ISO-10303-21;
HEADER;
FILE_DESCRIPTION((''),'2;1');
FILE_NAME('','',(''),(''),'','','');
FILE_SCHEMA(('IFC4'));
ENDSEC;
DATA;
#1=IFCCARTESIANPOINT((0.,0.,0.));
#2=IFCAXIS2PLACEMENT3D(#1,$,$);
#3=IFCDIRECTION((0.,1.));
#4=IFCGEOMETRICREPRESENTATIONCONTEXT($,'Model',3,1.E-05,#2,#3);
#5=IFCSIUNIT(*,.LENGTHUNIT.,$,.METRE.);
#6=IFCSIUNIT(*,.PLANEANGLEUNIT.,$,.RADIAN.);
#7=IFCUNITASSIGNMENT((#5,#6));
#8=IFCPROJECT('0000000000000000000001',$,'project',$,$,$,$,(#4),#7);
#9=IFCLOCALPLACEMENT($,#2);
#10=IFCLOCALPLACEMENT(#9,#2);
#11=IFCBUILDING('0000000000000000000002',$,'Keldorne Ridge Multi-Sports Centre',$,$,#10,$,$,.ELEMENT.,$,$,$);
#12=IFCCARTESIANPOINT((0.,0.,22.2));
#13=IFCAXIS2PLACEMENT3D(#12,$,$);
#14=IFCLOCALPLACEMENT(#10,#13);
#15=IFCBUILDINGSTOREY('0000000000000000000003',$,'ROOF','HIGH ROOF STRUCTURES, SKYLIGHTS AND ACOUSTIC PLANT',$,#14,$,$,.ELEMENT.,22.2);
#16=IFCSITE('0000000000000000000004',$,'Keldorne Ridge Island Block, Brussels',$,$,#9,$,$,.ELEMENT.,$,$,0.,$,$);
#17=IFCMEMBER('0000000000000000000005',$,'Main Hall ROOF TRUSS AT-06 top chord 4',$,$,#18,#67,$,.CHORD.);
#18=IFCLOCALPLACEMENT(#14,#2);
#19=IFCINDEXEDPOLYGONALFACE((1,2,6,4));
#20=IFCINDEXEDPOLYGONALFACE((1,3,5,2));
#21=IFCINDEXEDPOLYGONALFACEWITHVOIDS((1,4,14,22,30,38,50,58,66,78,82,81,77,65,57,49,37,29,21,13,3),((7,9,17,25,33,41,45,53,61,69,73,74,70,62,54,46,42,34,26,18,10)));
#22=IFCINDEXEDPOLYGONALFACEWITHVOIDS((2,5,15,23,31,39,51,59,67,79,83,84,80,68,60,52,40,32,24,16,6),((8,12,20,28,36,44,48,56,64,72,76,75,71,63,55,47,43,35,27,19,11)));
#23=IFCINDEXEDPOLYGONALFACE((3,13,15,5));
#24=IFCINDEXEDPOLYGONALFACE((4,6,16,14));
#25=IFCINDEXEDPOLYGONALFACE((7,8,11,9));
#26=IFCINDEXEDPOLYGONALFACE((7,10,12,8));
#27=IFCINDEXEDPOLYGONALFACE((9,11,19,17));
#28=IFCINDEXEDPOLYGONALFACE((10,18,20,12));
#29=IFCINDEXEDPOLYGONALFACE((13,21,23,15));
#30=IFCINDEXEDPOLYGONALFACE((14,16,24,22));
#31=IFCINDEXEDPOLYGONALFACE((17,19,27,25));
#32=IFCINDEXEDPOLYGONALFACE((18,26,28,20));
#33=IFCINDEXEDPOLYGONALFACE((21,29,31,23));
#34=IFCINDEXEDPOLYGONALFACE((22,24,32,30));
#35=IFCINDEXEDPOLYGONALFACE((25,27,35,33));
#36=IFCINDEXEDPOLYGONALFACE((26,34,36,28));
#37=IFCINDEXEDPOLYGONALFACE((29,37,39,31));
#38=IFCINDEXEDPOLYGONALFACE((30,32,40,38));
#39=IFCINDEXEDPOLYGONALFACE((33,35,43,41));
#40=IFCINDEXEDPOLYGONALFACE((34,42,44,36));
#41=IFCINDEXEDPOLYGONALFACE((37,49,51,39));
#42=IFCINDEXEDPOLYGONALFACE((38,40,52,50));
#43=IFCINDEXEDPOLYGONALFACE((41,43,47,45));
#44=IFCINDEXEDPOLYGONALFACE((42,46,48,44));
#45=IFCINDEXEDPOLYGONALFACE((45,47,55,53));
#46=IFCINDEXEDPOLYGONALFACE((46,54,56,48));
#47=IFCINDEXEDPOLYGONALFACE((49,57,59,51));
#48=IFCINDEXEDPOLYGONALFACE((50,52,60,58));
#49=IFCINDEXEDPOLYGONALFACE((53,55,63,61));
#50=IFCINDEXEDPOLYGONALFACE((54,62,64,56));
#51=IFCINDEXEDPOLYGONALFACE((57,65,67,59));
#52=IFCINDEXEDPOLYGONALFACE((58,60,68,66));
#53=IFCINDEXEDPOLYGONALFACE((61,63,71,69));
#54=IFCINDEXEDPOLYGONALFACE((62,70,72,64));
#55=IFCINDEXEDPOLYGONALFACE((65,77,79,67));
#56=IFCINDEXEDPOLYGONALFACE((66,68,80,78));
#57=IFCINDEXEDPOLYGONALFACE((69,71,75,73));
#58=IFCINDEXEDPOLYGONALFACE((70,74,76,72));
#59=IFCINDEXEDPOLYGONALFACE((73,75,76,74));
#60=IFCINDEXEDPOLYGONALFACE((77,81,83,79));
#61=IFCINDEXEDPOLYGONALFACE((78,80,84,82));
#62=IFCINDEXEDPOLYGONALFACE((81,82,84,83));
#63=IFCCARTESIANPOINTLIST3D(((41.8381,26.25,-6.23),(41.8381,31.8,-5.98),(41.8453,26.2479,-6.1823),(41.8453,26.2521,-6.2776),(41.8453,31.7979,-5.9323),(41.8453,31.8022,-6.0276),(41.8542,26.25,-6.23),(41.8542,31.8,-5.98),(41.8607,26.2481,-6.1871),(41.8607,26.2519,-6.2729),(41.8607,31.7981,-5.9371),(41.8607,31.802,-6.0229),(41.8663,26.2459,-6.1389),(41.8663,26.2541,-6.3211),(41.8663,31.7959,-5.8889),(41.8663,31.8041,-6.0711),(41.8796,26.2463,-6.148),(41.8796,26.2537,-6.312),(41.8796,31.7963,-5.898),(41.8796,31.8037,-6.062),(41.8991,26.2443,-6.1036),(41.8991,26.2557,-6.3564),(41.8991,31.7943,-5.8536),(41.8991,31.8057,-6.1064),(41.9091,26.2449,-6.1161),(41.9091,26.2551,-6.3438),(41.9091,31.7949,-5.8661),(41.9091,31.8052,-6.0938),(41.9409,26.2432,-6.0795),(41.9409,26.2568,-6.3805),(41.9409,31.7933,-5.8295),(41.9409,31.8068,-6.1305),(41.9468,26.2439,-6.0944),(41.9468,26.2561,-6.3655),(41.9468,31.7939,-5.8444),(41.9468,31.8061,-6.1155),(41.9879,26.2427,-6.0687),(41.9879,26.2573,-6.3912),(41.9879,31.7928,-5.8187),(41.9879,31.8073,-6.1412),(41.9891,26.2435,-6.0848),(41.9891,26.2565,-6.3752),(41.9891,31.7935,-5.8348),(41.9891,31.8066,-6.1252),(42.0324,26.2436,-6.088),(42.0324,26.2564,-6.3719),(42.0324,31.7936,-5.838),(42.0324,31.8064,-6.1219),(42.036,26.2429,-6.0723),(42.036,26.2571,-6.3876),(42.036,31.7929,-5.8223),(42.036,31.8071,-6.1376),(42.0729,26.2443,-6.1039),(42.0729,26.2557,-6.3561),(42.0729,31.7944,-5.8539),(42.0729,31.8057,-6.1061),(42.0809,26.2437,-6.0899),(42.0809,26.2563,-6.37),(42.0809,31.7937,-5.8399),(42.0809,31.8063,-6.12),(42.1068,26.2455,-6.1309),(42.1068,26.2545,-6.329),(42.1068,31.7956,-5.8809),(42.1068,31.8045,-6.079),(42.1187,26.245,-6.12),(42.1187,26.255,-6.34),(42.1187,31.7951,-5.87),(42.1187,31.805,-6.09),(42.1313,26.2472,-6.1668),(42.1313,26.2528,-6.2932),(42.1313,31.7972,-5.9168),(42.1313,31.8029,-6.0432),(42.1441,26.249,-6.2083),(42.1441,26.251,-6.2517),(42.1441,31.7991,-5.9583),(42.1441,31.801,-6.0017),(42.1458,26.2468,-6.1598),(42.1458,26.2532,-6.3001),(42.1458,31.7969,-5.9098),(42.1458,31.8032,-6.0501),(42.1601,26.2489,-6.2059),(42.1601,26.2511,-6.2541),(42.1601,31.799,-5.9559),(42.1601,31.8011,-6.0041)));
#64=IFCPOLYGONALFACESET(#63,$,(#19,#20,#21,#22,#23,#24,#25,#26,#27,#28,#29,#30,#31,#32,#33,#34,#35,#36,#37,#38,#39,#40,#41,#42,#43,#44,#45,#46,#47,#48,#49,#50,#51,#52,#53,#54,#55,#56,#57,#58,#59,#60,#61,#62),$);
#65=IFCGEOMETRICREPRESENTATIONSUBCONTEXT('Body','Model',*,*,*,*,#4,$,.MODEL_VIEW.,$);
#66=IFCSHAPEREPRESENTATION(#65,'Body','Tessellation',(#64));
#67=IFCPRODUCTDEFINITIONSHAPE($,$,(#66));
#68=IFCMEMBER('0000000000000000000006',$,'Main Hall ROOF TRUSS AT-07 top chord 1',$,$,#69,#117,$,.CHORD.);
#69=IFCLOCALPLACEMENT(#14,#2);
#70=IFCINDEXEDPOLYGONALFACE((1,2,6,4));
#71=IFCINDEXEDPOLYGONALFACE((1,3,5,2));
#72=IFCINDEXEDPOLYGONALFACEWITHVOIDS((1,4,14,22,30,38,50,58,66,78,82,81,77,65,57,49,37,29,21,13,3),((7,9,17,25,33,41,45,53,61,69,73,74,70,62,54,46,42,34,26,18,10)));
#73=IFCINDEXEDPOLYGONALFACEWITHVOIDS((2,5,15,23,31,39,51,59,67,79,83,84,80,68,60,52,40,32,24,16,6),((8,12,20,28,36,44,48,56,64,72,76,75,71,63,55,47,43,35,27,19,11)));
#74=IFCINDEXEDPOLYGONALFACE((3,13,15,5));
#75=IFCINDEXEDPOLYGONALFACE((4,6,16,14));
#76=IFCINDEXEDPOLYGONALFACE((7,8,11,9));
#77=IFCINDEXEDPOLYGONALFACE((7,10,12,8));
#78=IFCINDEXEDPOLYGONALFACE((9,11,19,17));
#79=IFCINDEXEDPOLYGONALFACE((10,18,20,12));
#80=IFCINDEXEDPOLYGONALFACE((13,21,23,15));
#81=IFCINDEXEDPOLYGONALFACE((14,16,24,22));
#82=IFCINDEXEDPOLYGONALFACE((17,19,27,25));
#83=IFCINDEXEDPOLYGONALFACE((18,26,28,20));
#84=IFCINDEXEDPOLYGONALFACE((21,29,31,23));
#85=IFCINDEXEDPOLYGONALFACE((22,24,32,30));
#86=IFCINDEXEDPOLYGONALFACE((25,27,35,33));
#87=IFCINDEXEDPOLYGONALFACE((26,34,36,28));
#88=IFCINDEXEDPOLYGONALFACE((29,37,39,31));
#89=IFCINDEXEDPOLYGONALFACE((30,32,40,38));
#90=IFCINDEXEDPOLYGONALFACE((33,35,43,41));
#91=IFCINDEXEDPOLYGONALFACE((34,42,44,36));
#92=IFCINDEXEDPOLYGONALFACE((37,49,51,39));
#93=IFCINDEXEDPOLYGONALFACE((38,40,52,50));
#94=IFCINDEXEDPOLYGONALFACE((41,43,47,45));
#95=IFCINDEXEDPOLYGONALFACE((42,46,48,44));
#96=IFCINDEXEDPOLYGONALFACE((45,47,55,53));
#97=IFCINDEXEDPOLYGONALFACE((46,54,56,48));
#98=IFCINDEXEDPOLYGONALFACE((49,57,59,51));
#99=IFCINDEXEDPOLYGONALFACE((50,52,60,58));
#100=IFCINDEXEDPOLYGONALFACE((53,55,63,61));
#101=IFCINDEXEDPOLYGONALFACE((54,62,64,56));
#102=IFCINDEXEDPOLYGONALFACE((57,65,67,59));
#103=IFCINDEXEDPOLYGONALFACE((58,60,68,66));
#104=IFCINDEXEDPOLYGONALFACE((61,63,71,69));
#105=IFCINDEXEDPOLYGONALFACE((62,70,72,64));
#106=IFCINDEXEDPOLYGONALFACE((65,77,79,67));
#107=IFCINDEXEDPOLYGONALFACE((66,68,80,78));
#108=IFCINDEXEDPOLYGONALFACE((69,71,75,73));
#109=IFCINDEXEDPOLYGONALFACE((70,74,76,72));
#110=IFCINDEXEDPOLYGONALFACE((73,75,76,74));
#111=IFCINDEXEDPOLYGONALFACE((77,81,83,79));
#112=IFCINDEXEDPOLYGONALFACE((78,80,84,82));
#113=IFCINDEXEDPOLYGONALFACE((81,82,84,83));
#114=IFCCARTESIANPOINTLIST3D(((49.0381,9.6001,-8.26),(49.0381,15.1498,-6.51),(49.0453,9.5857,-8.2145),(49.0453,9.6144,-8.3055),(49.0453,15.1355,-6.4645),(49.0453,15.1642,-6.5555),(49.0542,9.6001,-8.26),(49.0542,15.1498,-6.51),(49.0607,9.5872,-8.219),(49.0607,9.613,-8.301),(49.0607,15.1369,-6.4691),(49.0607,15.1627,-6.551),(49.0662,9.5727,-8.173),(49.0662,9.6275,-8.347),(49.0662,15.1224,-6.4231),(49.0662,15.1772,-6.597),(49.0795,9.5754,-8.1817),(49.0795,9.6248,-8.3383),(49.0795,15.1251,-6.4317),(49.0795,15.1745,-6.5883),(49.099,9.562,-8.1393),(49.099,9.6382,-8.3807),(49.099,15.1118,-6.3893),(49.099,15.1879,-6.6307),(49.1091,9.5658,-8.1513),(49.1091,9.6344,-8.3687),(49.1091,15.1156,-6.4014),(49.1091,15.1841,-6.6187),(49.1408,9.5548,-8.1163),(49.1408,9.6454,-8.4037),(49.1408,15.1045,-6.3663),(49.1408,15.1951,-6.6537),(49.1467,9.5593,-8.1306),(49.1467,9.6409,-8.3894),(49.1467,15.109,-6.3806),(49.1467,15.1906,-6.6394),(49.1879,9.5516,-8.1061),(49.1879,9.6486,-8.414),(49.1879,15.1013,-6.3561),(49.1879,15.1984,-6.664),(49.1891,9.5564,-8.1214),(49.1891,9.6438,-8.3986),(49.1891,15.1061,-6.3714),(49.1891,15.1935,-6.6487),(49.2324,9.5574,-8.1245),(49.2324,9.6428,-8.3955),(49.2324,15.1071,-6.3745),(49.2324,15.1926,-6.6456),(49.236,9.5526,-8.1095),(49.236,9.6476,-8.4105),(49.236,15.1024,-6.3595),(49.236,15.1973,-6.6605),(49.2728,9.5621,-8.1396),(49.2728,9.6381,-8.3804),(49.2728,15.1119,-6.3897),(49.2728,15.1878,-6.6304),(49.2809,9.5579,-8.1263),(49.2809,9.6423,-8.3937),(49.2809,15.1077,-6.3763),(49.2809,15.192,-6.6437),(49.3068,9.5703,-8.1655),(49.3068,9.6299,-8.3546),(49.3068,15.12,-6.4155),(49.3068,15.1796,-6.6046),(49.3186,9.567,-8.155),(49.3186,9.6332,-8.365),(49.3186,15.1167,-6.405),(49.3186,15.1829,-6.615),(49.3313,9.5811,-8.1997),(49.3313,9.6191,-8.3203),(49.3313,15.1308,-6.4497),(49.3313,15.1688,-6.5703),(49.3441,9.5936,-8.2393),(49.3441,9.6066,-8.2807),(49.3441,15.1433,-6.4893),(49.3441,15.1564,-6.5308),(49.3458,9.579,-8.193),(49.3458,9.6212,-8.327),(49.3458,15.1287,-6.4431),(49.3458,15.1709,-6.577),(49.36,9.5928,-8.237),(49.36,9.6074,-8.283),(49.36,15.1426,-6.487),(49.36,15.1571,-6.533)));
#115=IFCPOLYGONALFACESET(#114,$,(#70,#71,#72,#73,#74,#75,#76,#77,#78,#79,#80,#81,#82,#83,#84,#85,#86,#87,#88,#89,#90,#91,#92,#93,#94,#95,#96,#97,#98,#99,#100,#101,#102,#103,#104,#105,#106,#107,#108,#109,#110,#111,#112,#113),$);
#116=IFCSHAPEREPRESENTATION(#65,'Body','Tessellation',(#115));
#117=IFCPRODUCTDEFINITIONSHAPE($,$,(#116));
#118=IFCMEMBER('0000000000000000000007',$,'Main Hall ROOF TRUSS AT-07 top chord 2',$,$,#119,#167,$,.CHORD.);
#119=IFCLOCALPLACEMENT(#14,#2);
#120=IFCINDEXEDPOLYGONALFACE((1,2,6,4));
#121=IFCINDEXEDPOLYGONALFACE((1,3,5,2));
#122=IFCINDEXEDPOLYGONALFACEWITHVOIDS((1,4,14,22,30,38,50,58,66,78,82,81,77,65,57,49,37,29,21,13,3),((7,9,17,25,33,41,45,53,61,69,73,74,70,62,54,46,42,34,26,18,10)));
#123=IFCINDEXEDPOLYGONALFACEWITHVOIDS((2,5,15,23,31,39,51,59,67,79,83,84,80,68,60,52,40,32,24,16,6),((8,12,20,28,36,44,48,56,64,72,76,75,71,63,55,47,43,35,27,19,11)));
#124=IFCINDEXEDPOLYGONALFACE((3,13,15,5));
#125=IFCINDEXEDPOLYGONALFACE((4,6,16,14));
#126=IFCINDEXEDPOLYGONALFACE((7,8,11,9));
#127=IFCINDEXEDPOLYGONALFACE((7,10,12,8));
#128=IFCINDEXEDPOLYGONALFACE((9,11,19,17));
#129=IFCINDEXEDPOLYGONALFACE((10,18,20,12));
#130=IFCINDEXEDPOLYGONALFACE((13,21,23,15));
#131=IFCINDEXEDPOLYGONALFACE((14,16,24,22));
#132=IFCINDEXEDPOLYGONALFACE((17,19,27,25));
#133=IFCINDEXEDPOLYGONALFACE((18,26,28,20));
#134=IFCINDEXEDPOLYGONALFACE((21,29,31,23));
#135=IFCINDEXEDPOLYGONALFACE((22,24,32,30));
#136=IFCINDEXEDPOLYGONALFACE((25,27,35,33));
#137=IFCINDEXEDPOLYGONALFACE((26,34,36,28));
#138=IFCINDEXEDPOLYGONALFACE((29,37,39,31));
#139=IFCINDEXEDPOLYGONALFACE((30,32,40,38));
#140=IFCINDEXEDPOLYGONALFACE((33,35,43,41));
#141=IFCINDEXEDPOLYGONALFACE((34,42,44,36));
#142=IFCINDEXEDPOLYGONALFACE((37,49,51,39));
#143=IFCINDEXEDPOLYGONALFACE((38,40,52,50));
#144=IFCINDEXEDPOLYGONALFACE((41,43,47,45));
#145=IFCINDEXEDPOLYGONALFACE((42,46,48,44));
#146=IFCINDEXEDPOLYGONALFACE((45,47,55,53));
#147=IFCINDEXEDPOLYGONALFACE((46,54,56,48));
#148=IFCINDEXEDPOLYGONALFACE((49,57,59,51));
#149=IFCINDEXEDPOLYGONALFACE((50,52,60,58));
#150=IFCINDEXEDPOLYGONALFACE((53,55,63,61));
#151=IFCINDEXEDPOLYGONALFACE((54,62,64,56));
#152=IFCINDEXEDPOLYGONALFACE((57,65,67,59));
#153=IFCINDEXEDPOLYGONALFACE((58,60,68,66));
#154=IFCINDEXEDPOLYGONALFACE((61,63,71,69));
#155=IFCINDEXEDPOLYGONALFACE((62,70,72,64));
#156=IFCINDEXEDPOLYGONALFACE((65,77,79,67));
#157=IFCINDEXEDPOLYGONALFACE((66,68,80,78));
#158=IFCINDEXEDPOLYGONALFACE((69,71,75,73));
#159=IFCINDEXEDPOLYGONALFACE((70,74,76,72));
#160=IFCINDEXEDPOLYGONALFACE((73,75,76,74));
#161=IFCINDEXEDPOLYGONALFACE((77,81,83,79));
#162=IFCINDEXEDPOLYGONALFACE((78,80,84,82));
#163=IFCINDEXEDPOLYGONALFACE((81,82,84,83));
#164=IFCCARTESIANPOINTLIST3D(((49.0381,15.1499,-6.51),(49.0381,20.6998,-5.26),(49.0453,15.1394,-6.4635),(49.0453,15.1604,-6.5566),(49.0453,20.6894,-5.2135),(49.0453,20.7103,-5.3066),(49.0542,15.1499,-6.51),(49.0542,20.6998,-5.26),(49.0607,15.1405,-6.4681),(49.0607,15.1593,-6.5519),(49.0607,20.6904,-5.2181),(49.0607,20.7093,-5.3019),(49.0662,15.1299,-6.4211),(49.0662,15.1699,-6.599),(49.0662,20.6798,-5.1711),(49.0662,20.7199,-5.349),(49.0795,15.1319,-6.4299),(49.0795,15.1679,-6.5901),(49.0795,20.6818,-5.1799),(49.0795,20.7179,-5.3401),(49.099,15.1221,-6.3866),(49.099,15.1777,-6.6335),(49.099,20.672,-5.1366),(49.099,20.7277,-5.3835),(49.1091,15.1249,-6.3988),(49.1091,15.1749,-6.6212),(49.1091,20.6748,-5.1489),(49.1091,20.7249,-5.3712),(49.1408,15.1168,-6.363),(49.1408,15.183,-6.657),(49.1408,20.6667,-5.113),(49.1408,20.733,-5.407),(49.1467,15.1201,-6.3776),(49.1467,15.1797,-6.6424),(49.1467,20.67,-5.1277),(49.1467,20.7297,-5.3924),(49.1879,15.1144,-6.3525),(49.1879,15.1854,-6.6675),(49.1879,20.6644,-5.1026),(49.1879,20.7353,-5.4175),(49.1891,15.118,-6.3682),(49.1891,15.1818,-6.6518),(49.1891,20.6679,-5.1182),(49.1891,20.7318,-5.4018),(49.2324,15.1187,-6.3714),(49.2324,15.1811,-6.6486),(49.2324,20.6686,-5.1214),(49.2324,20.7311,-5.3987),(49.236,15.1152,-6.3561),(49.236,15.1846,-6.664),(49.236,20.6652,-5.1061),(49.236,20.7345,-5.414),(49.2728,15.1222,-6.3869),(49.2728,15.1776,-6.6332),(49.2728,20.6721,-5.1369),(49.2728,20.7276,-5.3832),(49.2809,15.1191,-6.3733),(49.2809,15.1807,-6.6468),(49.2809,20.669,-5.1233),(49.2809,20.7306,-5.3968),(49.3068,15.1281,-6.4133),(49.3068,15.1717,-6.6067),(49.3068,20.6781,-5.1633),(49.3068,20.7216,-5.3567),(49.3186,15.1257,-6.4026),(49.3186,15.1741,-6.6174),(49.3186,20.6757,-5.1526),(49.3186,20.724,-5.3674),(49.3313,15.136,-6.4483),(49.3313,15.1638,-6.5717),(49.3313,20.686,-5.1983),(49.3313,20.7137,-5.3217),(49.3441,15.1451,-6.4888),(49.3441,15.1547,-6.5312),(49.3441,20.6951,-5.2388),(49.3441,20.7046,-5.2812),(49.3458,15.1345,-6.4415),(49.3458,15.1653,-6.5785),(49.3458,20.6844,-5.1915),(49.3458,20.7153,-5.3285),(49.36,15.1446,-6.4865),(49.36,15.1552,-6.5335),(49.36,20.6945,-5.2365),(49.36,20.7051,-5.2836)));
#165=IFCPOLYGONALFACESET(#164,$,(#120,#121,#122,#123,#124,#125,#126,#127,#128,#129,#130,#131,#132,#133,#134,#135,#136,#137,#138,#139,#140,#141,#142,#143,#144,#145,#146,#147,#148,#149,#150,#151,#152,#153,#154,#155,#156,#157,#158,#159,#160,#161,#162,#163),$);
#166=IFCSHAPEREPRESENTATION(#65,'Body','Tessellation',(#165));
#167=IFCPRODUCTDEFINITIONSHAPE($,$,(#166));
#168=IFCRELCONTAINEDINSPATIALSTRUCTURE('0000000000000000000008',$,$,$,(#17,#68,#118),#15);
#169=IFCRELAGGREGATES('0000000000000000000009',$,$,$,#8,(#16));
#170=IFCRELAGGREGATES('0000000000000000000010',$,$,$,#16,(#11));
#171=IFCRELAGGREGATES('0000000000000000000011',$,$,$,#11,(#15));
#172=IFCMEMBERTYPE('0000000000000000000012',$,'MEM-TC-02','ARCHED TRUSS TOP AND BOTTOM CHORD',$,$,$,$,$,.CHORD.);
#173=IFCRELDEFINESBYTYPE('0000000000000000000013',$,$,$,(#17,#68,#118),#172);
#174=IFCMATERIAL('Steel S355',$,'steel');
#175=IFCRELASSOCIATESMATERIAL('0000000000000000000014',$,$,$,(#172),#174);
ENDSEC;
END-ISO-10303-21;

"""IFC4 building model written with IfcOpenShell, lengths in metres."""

from ifc_helpers import new_model, si_unit, direction, frame, origin, origin_2d, place, context, subcontext, project, spatial, hollow_circle, extrude, material, material_profile, profile_set, type_object, element, save


model = new_model("IFC4")

# Units and contexts
model_context = context("Model", 3, precision=1e-05, world=origin(), true_north=direction((0.0, 1.0)))
body_context = subcontext(model_context, "Body", "Model", "MODEL_VIEW")
ifc_project = project(units=[si_unit("LENGTHUNIT", "METRE"), si_unit("PLANEANGLEUNIT", "RADIAN")], contexts=[model_context])

# Site, building, storey
site_placement = place(None, origin())
site = spatial("IfcSite", under=ifc_project, at=site_placement, Name="Keldorne Ridge Island Block, Brussels", CompositionType="ELEMENT", RefElevation=0.0)
building_placement = place(site_placement, origin())
building = spatial("IfcBuilding", under=site, at=building_placement, Name="Keldorne Ridge Multi-Sports Centre", CompositionType="ELEMENT")
storey_placement = place(building_placement, frame((0.0, 0.0, 22.2)))
storey = spatial("IfcBuildingStorey", under=building, at=storey_placement, Name="ROOF", Description="HIGH ROOF STRUCTURES, SKYLIGHTS AND ACOUSTIC PLANT", CompositionType="ELEMENT", Elevation=22.2)

# Members
ifc_material = material(Name="Steel S355", Category="steel")
ifc_material_profile_1 = material_profile(ifc_material, hollow_circle(Radius=0.1619, WallThickness=0.0161, at=origin_2d()), Name="CHS 323.9x16")
ifc_profile_set_1 = profile_set([ifc_material_profile_1], Name="Steel S355")
member_type_1 = type_object("IfcMemberType", Name="MEM-TC-02", Description="ARCHED TRUSS TOP AND BOTTOM CHORD", PredefinedType="CHORD", material=ifc_profile_set_1)
member_1_placement = place(storey_placement, frame((42.0, 26.25, -6.23), z_axis=(0.0, 0.998987, 0.044999), x_axis=(-1.0, 0.0, 0.0)))
element("IfcMember", 1, at=member_1_placement, inside=storey, type_object=member_type_1, Name="Main Hall ROOF TRUSS AT-06 top chord 4", PredefinedType="CHORD", context=body_context, shape_type="SweptSolid", body=[
    extrude(hollow_circle(Radius=0.1619, WallThickness=0.0161, at=origin_2d()), origin(), (0.0, 0.0, 1.0), 5.5557),
])
member_2_placement = place(storey_placement, frame((49.2, 9.6001, -8.26), z_axis=(0.0, 0.953709, 0.30073), x_axis=(-1.0, 0.0, 0.0)))
element("IfcMember", 2, at=member_2_placement, inside=storey, type_object=member_type_1, Name="Main Hall ROOF TRUSS AT-07 top chord 1", PredefinedType="CHORD", context=body_context, shape_type="SweptSolid", body=[
    extrude(hollow_circle(Radius=0.1619, WallThickness=0.0161, at=origin_2d()), origin(), (0.0, 0.0, 1.0), 5.8191),
])
member_3_placement = place(storey_placement, frame((49.2, 15.1499, -6.51), z_axis=(0.0, 0.975563, 0.219719), x_axis=(-1.0, 0.0, 0.0)))
element("IfcMember", 3, at=member_3_placement, inside=storey, type_object=member_type_1, Name="Main Hall ROOF TRUSS AT-07 top chord 2", PredefinedType="CHORD", context=body_context, shape_type="SweptSolid", body=[
    extrude(hollow_circle(Radius=0.1619, WallThickness=0.0161, at=origin_2d()), origin(), (0.0, 0.0, 1.0), 5.689),
])

save(model, "model.ifc")
